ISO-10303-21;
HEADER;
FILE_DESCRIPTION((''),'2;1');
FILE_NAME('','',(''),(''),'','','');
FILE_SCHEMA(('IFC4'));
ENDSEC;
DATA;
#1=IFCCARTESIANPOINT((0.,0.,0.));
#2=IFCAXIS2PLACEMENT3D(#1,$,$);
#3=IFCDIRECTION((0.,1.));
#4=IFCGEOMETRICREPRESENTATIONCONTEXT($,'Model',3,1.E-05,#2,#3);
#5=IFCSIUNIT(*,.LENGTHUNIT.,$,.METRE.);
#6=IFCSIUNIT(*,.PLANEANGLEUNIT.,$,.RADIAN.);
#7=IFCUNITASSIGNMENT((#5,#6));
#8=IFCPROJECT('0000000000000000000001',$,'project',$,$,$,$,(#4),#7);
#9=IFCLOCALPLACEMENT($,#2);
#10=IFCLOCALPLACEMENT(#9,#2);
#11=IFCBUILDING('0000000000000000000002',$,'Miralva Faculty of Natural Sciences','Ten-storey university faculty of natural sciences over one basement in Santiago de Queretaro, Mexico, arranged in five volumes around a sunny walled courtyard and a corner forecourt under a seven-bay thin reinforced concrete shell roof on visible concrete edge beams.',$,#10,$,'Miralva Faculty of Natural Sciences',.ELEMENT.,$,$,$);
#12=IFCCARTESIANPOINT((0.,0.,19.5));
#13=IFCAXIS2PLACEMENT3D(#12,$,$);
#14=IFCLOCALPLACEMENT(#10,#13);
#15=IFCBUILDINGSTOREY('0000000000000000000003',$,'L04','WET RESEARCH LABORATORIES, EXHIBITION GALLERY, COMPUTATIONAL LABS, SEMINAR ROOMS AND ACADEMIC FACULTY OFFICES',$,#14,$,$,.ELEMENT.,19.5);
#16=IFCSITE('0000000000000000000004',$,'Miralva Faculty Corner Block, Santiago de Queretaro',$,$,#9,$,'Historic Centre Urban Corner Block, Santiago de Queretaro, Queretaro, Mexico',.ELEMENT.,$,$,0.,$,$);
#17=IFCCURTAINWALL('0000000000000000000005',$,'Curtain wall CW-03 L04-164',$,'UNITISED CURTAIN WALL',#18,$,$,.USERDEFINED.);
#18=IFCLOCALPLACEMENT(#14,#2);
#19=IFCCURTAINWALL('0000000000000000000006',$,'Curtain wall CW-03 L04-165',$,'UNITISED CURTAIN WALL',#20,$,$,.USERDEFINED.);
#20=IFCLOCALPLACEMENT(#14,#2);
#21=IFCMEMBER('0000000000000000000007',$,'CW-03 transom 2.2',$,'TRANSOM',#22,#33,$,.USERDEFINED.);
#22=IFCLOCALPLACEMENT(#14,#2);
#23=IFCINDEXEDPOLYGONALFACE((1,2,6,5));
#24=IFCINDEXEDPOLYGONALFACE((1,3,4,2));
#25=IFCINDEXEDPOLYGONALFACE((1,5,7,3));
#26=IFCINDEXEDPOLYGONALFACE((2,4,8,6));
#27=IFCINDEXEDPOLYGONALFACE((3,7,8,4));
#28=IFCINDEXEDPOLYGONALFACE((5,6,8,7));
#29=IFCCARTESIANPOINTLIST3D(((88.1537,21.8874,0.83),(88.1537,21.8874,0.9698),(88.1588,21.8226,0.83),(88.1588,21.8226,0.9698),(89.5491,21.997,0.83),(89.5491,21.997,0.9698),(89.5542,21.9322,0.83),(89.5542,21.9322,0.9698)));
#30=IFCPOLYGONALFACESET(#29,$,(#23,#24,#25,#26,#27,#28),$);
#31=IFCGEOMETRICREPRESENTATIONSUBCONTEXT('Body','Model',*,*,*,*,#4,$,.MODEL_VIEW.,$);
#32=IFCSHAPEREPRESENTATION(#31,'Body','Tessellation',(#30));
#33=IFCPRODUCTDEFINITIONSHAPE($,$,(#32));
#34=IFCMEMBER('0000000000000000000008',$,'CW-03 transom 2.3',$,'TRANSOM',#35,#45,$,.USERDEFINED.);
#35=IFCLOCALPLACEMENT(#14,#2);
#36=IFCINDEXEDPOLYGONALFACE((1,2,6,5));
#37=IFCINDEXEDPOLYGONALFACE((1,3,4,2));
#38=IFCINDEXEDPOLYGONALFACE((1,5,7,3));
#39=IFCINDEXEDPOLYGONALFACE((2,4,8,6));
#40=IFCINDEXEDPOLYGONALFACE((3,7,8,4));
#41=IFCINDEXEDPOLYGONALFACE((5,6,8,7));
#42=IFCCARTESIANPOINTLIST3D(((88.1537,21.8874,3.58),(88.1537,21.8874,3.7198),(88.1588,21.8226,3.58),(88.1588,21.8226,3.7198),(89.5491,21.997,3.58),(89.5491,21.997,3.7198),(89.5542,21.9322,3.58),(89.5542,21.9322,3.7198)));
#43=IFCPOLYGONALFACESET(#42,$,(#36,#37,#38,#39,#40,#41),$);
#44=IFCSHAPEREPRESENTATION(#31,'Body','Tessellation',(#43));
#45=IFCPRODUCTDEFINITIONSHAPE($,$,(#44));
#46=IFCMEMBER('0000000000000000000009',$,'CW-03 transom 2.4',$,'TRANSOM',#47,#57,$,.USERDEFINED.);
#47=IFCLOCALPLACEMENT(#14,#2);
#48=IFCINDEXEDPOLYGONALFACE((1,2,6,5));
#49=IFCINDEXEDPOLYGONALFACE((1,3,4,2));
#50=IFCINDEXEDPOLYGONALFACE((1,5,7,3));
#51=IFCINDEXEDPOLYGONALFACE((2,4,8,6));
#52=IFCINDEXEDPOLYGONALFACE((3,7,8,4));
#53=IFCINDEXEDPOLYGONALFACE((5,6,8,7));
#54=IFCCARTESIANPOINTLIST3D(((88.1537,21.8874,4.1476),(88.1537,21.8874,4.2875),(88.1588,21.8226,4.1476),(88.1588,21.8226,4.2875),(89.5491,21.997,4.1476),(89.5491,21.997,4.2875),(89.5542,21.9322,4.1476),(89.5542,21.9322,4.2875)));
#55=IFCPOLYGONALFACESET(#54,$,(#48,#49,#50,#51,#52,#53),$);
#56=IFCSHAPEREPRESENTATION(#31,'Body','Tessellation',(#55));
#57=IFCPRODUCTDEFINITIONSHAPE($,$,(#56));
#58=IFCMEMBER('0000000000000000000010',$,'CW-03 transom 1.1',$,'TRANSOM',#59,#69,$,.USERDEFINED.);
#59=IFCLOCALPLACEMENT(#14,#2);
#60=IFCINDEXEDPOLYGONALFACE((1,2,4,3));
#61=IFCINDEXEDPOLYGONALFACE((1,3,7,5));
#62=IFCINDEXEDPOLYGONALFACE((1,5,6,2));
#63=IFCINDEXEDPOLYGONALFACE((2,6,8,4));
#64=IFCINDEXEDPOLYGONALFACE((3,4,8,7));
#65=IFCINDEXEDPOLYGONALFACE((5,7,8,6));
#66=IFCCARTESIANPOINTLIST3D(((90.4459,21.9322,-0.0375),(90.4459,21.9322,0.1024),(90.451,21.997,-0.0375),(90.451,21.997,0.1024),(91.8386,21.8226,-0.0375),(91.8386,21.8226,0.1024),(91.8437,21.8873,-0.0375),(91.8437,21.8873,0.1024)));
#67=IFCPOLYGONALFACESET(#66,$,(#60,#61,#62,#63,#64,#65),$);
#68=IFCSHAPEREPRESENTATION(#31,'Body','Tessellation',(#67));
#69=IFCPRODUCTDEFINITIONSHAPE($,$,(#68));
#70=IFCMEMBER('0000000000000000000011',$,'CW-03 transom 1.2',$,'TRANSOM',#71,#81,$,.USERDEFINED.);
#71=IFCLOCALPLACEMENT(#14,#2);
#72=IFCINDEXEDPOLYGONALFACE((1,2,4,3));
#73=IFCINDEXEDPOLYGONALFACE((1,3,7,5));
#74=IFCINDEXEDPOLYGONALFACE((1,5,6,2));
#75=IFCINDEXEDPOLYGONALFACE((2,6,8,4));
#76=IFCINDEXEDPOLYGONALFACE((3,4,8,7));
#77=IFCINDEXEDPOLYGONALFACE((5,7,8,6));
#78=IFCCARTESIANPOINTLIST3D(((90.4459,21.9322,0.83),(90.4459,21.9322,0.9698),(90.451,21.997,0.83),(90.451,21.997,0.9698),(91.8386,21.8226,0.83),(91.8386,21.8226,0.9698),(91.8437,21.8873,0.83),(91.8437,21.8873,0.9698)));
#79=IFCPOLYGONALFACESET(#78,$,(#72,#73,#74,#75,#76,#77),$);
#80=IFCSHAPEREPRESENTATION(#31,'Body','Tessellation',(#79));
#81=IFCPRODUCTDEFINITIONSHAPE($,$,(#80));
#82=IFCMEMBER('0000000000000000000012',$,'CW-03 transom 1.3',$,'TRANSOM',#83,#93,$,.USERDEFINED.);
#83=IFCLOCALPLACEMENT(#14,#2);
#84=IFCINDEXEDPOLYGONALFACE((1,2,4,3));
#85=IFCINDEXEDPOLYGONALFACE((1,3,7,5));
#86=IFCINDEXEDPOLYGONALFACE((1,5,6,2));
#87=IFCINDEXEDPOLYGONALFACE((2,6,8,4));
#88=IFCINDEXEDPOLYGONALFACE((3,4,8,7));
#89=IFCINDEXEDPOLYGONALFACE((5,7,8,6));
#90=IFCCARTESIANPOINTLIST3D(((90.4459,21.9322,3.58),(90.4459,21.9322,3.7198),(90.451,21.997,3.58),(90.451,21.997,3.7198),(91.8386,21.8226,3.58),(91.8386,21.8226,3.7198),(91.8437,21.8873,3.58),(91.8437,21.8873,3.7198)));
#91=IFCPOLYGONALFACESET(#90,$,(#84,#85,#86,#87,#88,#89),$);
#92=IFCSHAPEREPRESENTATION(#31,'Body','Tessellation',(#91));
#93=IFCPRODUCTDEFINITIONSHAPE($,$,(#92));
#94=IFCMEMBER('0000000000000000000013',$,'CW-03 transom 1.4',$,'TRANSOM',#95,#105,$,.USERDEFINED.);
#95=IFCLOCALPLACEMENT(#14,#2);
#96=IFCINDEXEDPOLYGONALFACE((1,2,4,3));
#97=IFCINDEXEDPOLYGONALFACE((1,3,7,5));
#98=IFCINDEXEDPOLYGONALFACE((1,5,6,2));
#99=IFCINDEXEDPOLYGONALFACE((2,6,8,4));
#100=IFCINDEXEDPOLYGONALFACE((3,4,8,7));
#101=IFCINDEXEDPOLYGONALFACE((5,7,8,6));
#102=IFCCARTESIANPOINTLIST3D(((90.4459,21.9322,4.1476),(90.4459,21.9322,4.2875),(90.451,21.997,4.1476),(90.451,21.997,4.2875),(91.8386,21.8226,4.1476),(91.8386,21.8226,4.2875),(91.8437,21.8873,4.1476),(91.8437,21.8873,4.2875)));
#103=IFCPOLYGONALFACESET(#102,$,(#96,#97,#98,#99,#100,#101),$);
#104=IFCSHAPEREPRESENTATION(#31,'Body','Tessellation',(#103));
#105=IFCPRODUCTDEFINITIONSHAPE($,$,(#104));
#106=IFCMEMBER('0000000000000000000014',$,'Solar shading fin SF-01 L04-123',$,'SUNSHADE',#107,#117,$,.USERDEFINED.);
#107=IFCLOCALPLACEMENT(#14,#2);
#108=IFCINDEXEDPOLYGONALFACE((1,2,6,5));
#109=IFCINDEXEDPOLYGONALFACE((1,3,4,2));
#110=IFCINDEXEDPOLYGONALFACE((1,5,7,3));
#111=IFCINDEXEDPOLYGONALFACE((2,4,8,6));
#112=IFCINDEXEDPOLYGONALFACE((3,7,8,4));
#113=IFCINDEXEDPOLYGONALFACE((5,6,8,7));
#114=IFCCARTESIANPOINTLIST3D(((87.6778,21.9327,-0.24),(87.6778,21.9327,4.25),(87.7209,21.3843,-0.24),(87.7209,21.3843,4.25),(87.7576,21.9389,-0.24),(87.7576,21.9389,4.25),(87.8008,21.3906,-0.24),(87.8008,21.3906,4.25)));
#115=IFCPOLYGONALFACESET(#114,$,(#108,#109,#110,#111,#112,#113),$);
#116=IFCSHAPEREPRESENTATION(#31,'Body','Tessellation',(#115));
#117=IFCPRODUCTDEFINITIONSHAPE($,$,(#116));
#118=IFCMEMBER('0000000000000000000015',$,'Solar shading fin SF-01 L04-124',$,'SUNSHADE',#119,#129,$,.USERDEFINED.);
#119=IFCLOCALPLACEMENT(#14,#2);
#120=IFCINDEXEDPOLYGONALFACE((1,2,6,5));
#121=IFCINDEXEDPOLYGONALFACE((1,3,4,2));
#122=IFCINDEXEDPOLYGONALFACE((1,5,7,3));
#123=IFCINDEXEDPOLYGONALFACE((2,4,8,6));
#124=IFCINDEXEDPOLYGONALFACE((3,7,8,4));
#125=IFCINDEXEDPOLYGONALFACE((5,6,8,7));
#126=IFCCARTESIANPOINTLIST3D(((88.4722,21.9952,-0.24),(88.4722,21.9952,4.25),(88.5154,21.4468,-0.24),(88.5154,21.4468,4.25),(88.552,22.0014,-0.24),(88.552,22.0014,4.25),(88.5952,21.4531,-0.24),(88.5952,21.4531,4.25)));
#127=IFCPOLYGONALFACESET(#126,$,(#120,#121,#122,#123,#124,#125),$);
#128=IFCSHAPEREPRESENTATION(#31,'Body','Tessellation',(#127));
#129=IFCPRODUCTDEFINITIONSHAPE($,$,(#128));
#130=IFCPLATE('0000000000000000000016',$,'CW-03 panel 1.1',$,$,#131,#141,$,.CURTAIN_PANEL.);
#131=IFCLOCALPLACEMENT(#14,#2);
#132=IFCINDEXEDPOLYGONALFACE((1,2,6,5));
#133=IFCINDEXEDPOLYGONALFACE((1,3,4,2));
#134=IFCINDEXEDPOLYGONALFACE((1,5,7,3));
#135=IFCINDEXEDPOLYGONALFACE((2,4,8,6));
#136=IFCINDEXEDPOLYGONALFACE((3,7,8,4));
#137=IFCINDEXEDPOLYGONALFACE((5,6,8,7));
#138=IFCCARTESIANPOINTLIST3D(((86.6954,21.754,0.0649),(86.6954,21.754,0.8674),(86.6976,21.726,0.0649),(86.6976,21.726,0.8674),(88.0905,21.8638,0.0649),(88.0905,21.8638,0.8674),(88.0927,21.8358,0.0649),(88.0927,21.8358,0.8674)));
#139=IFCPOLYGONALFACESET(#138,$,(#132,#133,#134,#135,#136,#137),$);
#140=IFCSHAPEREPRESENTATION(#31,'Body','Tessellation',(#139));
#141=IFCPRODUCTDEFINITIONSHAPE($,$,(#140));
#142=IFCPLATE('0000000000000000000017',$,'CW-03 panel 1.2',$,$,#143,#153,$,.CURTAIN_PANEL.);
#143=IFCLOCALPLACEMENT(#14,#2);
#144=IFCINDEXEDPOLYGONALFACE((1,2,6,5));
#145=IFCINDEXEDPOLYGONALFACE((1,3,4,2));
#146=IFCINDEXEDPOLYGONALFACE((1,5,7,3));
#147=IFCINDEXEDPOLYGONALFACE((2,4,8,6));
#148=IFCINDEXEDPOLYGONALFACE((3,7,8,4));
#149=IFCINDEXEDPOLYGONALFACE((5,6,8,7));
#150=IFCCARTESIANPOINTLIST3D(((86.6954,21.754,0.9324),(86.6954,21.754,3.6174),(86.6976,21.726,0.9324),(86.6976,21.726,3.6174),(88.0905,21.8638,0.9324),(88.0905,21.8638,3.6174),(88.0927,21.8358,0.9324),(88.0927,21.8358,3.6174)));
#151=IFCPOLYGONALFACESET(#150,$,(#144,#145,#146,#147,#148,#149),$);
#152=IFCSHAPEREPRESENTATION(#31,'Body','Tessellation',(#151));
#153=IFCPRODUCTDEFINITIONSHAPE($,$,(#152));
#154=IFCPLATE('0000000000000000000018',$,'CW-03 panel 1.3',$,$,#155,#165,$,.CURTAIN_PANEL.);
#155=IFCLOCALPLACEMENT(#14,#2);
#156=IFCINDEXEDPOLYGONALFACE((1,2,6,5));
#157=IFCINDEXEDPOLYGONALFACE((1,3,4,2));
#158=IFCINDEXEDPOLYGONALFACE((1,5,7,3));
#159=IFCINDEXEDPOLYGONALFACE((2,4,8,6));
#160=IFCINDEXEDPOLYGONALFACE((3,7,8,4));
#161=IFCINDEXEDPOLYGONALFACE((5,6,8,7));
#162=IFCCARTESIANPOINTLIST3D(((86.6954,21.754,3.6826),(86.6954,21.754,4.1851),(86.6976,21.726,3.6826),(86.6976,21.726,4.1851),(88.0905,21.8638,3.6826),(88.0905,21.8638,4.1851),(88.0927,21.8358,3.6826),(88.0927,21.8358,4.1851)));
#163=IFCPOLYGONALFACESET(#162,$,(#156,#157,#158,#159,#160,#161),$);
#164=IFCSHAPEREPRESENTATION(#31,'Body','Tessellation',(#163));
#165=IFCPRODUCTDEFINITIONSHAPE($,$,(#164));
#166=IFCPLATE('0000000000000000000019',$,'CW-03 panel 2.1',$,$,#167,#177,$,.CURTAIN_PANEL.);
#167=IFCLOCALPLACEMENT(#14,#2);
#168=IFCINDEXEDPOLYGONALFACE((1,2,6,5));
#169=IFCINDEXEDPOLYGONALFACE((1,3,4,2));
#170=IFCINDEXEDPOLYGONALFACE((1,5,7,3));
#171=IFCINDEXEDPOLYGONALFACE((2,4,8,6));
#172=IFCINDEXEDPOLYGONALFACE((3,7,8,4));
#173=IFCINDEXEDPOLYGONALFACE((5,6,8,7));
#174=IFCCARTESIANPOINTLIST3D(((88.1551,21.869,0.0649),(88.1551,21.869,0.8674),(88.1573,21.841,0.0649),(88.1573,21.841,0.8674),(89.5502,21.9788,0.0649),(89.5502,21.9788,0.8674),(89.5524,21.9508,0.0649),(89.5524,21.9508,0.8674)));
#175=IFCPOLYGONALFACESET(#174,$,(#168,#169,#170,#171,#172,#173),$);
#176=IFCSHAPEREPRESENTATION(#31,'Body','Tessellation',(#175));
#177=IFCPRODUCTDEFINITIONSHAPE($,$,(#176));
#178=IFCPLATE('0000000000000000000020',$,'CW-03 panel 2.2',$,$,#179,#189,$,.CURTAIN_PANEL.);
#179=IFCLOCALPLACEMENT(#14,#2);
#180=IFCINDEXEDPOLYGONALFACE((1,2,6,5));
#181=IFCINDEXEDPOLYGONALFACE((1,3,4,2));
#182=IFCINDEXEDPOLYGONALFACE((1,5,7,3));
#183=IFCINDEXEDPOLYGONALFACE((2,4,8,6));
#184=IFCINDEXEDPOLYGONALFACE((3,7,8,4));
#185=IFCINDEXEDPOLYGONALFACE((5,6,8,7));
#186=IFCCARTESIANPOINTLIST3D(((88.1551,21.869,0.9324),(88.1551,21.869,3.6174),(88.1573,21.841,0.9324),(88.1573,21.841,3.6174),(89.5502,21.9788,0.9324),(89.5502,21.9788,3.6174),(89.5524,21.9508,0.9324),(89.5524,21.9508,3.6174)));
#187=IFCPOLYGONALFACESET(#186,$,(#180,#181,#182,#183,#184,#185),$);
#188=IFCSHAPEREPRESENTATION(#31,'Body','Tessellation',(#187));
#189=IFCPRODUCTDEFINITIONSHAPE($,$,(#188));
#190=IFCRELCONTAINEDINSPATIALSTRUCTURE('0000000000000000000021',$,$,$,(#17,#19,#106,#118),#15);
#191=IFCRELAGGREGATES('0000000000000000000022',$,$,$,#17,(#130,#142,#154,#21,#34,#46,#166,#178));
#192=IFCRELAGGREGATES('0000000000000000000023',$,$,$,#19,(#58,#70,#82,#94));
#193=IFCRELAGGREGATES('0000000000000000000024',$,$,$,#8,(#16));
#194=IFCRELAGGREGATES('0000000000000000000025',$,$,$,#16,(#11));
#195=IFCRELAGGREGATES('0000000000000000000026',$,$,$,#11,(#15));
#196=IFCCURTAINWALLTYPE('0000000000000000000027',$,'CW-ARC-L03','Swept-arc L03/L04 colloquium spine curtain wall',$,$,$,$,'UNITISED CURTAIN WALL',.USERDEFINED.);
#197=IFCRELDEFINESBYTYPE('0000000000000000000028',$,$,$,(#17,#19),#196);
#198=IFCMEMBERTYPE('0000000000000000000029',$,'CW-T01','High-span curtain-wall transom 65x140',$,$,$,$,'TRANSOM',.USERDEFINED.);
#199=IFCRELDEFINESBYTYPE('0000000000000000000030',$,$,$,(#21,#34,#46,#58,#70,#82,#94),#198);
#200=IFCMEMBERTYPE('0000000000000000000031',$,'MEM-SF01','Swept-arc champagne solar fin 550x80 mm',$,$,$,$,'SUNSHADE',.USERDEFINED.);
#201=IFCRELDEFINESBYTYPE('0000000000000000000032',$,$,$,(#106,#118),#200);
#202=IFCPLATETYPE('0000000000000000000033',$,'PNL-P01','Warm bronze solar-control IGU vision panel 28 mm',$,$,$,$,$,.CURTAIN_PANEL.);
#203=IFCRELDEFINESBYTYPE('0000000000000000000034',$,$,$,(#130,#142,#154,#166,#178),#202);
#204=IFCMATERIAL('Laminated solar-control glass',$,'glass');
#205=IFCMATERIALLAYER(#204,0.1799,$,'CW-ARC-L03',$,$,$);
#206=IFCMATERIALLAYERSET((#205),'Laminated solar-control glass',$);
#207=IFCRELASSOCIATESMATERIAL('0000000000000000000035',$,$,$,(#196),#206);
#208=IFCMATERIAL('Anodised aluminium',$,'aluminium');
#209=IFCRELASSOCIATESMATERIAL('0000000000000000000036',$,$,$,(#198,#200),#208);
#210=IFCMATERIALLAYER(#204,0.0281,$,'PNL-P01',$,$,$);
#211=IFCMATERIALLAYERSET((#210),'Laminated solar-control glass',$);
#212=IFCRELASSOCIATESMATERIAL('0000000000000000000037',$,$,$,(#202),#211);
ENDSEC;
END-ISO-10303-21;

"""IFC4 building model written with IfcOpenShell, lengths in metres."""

from ifc_helpers import new_model, si_unit, direction, frame, origin, origin_2d, place, context, subcontext, project, spatial, rectangle, extrude, material, layer, layer_set, material_profile, profile_set, type_object, element, aggregate, save


model = new_model("IFC4")

# Units and contexts
model_context = context("Model", 3, precision=1e-05, world=origin(), true_north=direction((0.0, 1.0)))
body_context = subcontext(model_context, "Body", "Model", "MODEL_VIEW")
ifc_project = project(units=[si_unit("LENGTHUNIT", "METRE"), si_unit("PLANEANGLEUNIT", "RADIAN")], contexts=[model_context])

# Site, building, storey
site_placement = place(None, origin())
site = spatial("IfcSite", under=ifc_project, at=site_placement, Name="Miralva Faculty Corner Block, Santiago de Queretaro", LongName="Historic Centre Urban Corner Block, Santiago de Queretaro, Queretaro, Mexico", CompositionType="ELEMENT", RefElevation=0.0)
building_placement = place(site_placement, origin())
building = spatial("IfcBuilding", under=site, at=building_placement, Name="Miralva Faculty of Natural Sciences", Description="Ten-storey university faculty of natural sciences over one basement in Santiago de Queretaro, Mexico, arranged in five volumes around a sunny walled courtyard and a corner forecourt under a seven-bay thin reinforced concrete shell roof on visible concrete edge beams.", LongName="Miralva Faculty of Natural Sciences", CompositionType="ELEMENT")
storey_placement = place(building_placement, frame((0.0, 0.0, 19.5)))
storey = spatial("IfcBuildingStorey", under=building, at=storey_placement, Name="L04", Description="WET RESEARCH LABORATORIES, EXHIBITION GALLERY, COMPUTATIONAL LABS, SEMINAR ROOMS AND ACADEMIC FACULTY OFFICES", CompositionType="ELEMENT", Elevation=19.5)

# Curtain wall
ifc_material_1 = material(Name="Laminated solar-control glass", Category="glass")
ifc_layer_1 = layer(ifc_material_1, 0.1799, Name="CW-ARC-L03")
ifc_layer_set_1 = layer_set([ifc_layer_1], Name="Laminated solar-control glass")
curtain_wall_type = type_object("IfcCurtainWallType", Name="CW-ARC-L03", Description="Swept-arc L03/L04 colloquium spine curtain wall", ElementType="UNITISED CURTAIN WALL", PredefinedType="USERDEFINED", material=ifc_layer_set_1)
curtain_wall_1_placement = place(storey_placement, origin())
curtain_wall_1 = element("IfcCurtainWall", 1, at=curtain_wall_1_placement, inside=storey, type_object=curtain_wall_type, Name="Curtain wall CW-03 L04-164", ObjectType="UNITISED CURTAIN WALL", PredefinedType="USERDEFINED")
ifc_material_2 = material(Name="Anodised aluminium", Category="aluminium")

# Curtain wall
curtain_wall_2_placement = place(storey_placement, origin())
curtain_wall_2 = element("IfcCurtainWall", 2, at=curtain_wall_2_placement, inside=storey, type_object=curtain_wall_type, Name="Curtain wall CW-03 L04-165", ObjectType="UNITISED CURTAIN WALL", PredefinedType="USERDEFINED")

# Members
ifc_material_profile_1 = material_profile(ifc_material_2, rectangle(XDim=0.0649, YDim=0.1399, at=origin_2d()), Name="TRANSOM 65x140")
ifc_profile_set_1 = profile_set([ifc_material_profile_1], Name="Anodised aluminium")
member_type_1 = type_object("IfcMemberType", Name="CW-T01", Description="High-span curtain-wall transom 65x140", ElementType="TRANSOM", PredefinedType="USERDEFINED", material=ifc_profile_set_1)
member_1_placement = place(storey_placement, frame((88.1562, 21.855, 0.8999), z_axis=(0.996928, 0.078324, 0.0), x_axis=(-0.078324, 0.996928, 0.0)))
member_1 = element("IfcMember", 3, at=member_1_placement, type_object=member_type_1, Name="CW-03 transom 2.2", ObjectType="TRANSOM", PredefinedType="USERDEFINED", context=body_context, shape_type="SweptSolid", body=[
    extrude(rectangle(XDim=0.0649, YDim=0.1399, at=origin_2d()), origin(), (0.0, 0.0, 1.0), 1.3997),
])
member_2_placement = place(storey_placement, frame((88.1562, 21.855, 3.6499), z_axis=(0.996928, 0.078324, 0.0), x_axis=(-0.078324, 0.996928, 0.0)))
member_2 = element("IfcMember", 4, at=member_2_placement, type_object=member_type_1, Name="CW-03 transom 2.3", ObjectType="TRANSOM", PredefinedType="USERDEFINED", context=body_context, shape_type="SweptSolid", body=[
    extrude(rectangle(XDim=0.0649, YDim=0.1399, at=origin_2d()), origin(), (0.0, 0.0, 1.0), 1.3997),
])
member_3_placement = place(storey_placement, frame((88.1562, 21.855, 4.2175), z_axis=(0.996928, 0.078324, 0.0), x_axis=(-0.078324, 0.996928, 0.0)))
member_3 = element("IfcMember", 5, at=member_3_placement, type_object=member_type_1, Name="CW-03 transom 2.4", ObjectType="TRANSOM", PredefinedType="USERDEFINED", context=body_context, shape_type="SweptSolid", body=[
    extrude(rectangle(XDim=0.0649, YDim=0.1399, at=origin_2d()), origin(), (0.0, 0.0, 1.0), 1.3997),
])
member_4_placement = place(storey_placement, frame((90.4485, 21.9646, 0.0325), z_axis=(0.996916, -0.078474, 0.0), x_axis=(0.078474, 0.996916, 0.0)))
member_4 = element("IfcMember", 6, at=member_4_placement, type_object=member_type_1, Name="CW-03 transom 1.1", ObjectType="TRANSOM", PredefinedType="USERDEFINED", context=body_context, shape_type="SweptSolid", body=[
    extrude(rectangle(XDim=0.0649, YDim=0.1399, at=origin_2d()), origin(), (0.0, 0.0, 1.0), 1.397),
])
member_5_placement = place(storey_placement, frame((90.4485, 21.9646, 0.8999), z_axis=(0.996916, -0.078474, 0.0), x_axis=(0.078474, 0.996916, 0.0)))
member_5 = element("IfcMember", 7, at=member_5_placement, type_object=member_type_1, Name="CW-03 transom 1.2", ObjectType="TRANSOM", PredefinedType="USERDEFINED", context=body_context, shape_type="SweptSolid", body=[
    extrude(rectangle(XDim=0.0649, YDim=0.1399, at=origin_2d()), origin(), (0.0, 0.0, 1.0), 1.397),
])
member_6_placement = place(storey_placement, frame((90.4485, 21.9646, 3.6499), z_axis=(0.996916, -0.078474, 0.0), x_axis=(0.078474, 0.996916, 0.0)))
member_6 = element("IfcMember", 8, at=member_6_placement, type_object=member_type_1, Name="CW-03 transom 1.3", ObjectType="TRANSOM", PredefinedType="USERDEFINED", context=body_context, shape_type="SweptSolid", body=[
    extrude(rectangle(XDim=0.0649, YDim=0.1399, at=origin_2d()), origin(), (0.0, 0.0, 1.0), 1.397),
])
member_7_placement = place(storey_placement, frame((90.4485, 21.9646, 4.2175), z_axis=(0.996916, -0.078474, 0.0), x_axis=(0.078474, 0.996916, 0.0)))
member_7 = element("IfcMember", 9, at=member_7_placement, type_object=member_type_1, Name="CW-03 transom 1.4", ObjectType="TRANSOM", PredefinedType="USERDEFINED", context=body_context, shape_type="SweptSolid", body=[
    extrude(rectangle(XDim=0.0649, YDim=0.1399, at=origin_2d()), origin(), (0.0, 0.0, 1.0), 1.397),
])

# Members
ifc_material_profile_2 = material_profile(ifc_material_2, rectangle(XDim=0.0801, YDim=0.55, at=origin_2d()), Name="FIN 550x80")
ifc_profile_set_2 = profile_set([ifc_material_profile_2], Name="Anodised aluminium")
member_type_2 = type_object("IfcMemberType", Name="MEM-SF01", Description="Swept-arc champagne solar fin 550x80 mm", ElementType="SUNSHADE", PredefinedType="USERDEFINED", material=ifc_profile_set_2)
for number, where, z_axis, x_axis, name in (
    (10, (87.7393, 21.6616, -0.24), (0.0, 0.0, 1.0), (0.996917, 0.078459, 0.0), "Solar shading fin SF-01 L04-123"),
    (11, (88.5337, 21.7241, -0.24), (0.0, 0.0, 1.0), (0.996917, 0.078459, 0.0), "Solar shading fin SF-01 L04-124"),
):
    element("IfcMember", number, at=place(storey_placement, frame(where, z_axis=z_axis, x_axis=x_axis)), inside=storey, type_object=member_type_2, Name=name, ObjectType="SUNSHADE", PredefinedType="USERDEFINED", context=body_context, shape_type="SweptSolid", body=[
        extrude(rectangle(XDim=0.0801, YDim=0.55, at=origin_2d()), origin(), (0.0, 0.0, 1.0), 4.49),
    ])

# Plates
ifc_layer_2 = layer(ifc_material_1, 0.0281, Name="PNL-P01")
ifc_layer_set_2 = layer_set([ifc_layer_2], Name="Laminated solar-control glass")
plate_type = type_object("IfcPlateType", Name="PNL-P01", Description="Warm bronze solar-control IGU vision panel 28 mm", PredefinedType="CURTAIN_PANEL", material=ifc_layer_set_2)
plate_1_placement = place(storey_placement, frame((87.394, 21.7949, 0.0649), z_axis=(0.0, 0.0, 1.0), x_axis=(0.996917, 0.078464, 0.0)))
plate_1 = element("IfcPlate", 12, at=plate_1_placement, type_object=plate_type, Name="CW-03 panel 1.1", PredefinedType="CURTAIN_PANEL", context=body_context, shape_type="SweptSolid", body=[
    extrude(rectangle(XDim=1.3994, YDim=0.0281, at=origin_2d()), origin(), (0.0, 0.0, 1.0), 0.8025),
])
plate_2_placement = place(storey_placement, frame((87.394, 21.7949, 0.9324), z_axis=(0.0, 0.0, 1.0), x_axis=(0.996917, 0.078464, 0.0)))
plate_2 = element("IfcPlate", 13, at=plate_2_placement, type_object=plate_type, Name="CW-03 panel 1.2", PredefinedType="CURTAIN_PANEL", context=body_context, shape_type="SweptSolid", body=[
    extrude(rectangle(XDim=1.3994, YDim=0.0281, at=origin_2d()), origin(), (0.0, 0.0, 1.0), 2.6851),
])
plate_3_placement = place(storey_placement, frame((87.394, 21.7949, 3.6826), z_axis=(0.0, 0.0, 1.0), x_axis=(0.996917, 0.078464, 0.0)))
plate_3 = element("IfcPlate", 14, at=plate_3_placement, type_object=plate_type, Name="CW-03 panel 1.3", PredefinedType="CURTAIN_PANEL", context=body_context, shape_type="SweptSolid", body=[
    extrude(rectangle(XDim=1.3994, YDim=0.0281, at=origin_2d()), origin(), (0.0, 0.0, 1.0), 0.5024),
])
plate_4_placement = place(storey_placement, frame((88.8538, 21.9099, 0.0649), z_axis=(0.0, 0.0, 1.0), x_axis=(0.996917, 0.078464, 0.0)))
plate_4 = element("IfcPlate", 15, at=plate_4_placement, type_object=plate_type, Name="CW-03 panel 2.1", PredefinedType="CURTAIN_PANEL", context=body_context, shape_type="SweptSolid", body=[
    extrude(rectangle(XDim=1.3994, YDim=0.0281, at=origin_2d()), origin(), (0.0, 0.0, 1.0), 0.8025),
])
plate_5_placement = place(storey_placement, frame((88.8538, 21.9099, 0.9324), z_axis=(0.0, 0.0, 1.0), x_axis=(0.996917, 0.078464, 0.0)))
plate_5 = element("IfcPlate", 16, at=plate_5_placement, type_object=plate_type, Name="CW-03 panel 2.2", PredefinedType="CURTAIN_PANEL", context=body_context, shape_type="SweptSolid", body=[
    extrude(rectangle(XDim=1.3994, YDim=0.0281, at=origin_2d()), origin(), (0.0, 0.0, 1.0), 2.6851),
])
aggregate(curtain_wall_1, [plate_1, plate_2, plate_3, member_1, member_2, member_3, plate_4, plate_5])
aggregate(curtain_wall_2, [member_4, member_5, member_6, member_7])

save(model, "model.ifc")
